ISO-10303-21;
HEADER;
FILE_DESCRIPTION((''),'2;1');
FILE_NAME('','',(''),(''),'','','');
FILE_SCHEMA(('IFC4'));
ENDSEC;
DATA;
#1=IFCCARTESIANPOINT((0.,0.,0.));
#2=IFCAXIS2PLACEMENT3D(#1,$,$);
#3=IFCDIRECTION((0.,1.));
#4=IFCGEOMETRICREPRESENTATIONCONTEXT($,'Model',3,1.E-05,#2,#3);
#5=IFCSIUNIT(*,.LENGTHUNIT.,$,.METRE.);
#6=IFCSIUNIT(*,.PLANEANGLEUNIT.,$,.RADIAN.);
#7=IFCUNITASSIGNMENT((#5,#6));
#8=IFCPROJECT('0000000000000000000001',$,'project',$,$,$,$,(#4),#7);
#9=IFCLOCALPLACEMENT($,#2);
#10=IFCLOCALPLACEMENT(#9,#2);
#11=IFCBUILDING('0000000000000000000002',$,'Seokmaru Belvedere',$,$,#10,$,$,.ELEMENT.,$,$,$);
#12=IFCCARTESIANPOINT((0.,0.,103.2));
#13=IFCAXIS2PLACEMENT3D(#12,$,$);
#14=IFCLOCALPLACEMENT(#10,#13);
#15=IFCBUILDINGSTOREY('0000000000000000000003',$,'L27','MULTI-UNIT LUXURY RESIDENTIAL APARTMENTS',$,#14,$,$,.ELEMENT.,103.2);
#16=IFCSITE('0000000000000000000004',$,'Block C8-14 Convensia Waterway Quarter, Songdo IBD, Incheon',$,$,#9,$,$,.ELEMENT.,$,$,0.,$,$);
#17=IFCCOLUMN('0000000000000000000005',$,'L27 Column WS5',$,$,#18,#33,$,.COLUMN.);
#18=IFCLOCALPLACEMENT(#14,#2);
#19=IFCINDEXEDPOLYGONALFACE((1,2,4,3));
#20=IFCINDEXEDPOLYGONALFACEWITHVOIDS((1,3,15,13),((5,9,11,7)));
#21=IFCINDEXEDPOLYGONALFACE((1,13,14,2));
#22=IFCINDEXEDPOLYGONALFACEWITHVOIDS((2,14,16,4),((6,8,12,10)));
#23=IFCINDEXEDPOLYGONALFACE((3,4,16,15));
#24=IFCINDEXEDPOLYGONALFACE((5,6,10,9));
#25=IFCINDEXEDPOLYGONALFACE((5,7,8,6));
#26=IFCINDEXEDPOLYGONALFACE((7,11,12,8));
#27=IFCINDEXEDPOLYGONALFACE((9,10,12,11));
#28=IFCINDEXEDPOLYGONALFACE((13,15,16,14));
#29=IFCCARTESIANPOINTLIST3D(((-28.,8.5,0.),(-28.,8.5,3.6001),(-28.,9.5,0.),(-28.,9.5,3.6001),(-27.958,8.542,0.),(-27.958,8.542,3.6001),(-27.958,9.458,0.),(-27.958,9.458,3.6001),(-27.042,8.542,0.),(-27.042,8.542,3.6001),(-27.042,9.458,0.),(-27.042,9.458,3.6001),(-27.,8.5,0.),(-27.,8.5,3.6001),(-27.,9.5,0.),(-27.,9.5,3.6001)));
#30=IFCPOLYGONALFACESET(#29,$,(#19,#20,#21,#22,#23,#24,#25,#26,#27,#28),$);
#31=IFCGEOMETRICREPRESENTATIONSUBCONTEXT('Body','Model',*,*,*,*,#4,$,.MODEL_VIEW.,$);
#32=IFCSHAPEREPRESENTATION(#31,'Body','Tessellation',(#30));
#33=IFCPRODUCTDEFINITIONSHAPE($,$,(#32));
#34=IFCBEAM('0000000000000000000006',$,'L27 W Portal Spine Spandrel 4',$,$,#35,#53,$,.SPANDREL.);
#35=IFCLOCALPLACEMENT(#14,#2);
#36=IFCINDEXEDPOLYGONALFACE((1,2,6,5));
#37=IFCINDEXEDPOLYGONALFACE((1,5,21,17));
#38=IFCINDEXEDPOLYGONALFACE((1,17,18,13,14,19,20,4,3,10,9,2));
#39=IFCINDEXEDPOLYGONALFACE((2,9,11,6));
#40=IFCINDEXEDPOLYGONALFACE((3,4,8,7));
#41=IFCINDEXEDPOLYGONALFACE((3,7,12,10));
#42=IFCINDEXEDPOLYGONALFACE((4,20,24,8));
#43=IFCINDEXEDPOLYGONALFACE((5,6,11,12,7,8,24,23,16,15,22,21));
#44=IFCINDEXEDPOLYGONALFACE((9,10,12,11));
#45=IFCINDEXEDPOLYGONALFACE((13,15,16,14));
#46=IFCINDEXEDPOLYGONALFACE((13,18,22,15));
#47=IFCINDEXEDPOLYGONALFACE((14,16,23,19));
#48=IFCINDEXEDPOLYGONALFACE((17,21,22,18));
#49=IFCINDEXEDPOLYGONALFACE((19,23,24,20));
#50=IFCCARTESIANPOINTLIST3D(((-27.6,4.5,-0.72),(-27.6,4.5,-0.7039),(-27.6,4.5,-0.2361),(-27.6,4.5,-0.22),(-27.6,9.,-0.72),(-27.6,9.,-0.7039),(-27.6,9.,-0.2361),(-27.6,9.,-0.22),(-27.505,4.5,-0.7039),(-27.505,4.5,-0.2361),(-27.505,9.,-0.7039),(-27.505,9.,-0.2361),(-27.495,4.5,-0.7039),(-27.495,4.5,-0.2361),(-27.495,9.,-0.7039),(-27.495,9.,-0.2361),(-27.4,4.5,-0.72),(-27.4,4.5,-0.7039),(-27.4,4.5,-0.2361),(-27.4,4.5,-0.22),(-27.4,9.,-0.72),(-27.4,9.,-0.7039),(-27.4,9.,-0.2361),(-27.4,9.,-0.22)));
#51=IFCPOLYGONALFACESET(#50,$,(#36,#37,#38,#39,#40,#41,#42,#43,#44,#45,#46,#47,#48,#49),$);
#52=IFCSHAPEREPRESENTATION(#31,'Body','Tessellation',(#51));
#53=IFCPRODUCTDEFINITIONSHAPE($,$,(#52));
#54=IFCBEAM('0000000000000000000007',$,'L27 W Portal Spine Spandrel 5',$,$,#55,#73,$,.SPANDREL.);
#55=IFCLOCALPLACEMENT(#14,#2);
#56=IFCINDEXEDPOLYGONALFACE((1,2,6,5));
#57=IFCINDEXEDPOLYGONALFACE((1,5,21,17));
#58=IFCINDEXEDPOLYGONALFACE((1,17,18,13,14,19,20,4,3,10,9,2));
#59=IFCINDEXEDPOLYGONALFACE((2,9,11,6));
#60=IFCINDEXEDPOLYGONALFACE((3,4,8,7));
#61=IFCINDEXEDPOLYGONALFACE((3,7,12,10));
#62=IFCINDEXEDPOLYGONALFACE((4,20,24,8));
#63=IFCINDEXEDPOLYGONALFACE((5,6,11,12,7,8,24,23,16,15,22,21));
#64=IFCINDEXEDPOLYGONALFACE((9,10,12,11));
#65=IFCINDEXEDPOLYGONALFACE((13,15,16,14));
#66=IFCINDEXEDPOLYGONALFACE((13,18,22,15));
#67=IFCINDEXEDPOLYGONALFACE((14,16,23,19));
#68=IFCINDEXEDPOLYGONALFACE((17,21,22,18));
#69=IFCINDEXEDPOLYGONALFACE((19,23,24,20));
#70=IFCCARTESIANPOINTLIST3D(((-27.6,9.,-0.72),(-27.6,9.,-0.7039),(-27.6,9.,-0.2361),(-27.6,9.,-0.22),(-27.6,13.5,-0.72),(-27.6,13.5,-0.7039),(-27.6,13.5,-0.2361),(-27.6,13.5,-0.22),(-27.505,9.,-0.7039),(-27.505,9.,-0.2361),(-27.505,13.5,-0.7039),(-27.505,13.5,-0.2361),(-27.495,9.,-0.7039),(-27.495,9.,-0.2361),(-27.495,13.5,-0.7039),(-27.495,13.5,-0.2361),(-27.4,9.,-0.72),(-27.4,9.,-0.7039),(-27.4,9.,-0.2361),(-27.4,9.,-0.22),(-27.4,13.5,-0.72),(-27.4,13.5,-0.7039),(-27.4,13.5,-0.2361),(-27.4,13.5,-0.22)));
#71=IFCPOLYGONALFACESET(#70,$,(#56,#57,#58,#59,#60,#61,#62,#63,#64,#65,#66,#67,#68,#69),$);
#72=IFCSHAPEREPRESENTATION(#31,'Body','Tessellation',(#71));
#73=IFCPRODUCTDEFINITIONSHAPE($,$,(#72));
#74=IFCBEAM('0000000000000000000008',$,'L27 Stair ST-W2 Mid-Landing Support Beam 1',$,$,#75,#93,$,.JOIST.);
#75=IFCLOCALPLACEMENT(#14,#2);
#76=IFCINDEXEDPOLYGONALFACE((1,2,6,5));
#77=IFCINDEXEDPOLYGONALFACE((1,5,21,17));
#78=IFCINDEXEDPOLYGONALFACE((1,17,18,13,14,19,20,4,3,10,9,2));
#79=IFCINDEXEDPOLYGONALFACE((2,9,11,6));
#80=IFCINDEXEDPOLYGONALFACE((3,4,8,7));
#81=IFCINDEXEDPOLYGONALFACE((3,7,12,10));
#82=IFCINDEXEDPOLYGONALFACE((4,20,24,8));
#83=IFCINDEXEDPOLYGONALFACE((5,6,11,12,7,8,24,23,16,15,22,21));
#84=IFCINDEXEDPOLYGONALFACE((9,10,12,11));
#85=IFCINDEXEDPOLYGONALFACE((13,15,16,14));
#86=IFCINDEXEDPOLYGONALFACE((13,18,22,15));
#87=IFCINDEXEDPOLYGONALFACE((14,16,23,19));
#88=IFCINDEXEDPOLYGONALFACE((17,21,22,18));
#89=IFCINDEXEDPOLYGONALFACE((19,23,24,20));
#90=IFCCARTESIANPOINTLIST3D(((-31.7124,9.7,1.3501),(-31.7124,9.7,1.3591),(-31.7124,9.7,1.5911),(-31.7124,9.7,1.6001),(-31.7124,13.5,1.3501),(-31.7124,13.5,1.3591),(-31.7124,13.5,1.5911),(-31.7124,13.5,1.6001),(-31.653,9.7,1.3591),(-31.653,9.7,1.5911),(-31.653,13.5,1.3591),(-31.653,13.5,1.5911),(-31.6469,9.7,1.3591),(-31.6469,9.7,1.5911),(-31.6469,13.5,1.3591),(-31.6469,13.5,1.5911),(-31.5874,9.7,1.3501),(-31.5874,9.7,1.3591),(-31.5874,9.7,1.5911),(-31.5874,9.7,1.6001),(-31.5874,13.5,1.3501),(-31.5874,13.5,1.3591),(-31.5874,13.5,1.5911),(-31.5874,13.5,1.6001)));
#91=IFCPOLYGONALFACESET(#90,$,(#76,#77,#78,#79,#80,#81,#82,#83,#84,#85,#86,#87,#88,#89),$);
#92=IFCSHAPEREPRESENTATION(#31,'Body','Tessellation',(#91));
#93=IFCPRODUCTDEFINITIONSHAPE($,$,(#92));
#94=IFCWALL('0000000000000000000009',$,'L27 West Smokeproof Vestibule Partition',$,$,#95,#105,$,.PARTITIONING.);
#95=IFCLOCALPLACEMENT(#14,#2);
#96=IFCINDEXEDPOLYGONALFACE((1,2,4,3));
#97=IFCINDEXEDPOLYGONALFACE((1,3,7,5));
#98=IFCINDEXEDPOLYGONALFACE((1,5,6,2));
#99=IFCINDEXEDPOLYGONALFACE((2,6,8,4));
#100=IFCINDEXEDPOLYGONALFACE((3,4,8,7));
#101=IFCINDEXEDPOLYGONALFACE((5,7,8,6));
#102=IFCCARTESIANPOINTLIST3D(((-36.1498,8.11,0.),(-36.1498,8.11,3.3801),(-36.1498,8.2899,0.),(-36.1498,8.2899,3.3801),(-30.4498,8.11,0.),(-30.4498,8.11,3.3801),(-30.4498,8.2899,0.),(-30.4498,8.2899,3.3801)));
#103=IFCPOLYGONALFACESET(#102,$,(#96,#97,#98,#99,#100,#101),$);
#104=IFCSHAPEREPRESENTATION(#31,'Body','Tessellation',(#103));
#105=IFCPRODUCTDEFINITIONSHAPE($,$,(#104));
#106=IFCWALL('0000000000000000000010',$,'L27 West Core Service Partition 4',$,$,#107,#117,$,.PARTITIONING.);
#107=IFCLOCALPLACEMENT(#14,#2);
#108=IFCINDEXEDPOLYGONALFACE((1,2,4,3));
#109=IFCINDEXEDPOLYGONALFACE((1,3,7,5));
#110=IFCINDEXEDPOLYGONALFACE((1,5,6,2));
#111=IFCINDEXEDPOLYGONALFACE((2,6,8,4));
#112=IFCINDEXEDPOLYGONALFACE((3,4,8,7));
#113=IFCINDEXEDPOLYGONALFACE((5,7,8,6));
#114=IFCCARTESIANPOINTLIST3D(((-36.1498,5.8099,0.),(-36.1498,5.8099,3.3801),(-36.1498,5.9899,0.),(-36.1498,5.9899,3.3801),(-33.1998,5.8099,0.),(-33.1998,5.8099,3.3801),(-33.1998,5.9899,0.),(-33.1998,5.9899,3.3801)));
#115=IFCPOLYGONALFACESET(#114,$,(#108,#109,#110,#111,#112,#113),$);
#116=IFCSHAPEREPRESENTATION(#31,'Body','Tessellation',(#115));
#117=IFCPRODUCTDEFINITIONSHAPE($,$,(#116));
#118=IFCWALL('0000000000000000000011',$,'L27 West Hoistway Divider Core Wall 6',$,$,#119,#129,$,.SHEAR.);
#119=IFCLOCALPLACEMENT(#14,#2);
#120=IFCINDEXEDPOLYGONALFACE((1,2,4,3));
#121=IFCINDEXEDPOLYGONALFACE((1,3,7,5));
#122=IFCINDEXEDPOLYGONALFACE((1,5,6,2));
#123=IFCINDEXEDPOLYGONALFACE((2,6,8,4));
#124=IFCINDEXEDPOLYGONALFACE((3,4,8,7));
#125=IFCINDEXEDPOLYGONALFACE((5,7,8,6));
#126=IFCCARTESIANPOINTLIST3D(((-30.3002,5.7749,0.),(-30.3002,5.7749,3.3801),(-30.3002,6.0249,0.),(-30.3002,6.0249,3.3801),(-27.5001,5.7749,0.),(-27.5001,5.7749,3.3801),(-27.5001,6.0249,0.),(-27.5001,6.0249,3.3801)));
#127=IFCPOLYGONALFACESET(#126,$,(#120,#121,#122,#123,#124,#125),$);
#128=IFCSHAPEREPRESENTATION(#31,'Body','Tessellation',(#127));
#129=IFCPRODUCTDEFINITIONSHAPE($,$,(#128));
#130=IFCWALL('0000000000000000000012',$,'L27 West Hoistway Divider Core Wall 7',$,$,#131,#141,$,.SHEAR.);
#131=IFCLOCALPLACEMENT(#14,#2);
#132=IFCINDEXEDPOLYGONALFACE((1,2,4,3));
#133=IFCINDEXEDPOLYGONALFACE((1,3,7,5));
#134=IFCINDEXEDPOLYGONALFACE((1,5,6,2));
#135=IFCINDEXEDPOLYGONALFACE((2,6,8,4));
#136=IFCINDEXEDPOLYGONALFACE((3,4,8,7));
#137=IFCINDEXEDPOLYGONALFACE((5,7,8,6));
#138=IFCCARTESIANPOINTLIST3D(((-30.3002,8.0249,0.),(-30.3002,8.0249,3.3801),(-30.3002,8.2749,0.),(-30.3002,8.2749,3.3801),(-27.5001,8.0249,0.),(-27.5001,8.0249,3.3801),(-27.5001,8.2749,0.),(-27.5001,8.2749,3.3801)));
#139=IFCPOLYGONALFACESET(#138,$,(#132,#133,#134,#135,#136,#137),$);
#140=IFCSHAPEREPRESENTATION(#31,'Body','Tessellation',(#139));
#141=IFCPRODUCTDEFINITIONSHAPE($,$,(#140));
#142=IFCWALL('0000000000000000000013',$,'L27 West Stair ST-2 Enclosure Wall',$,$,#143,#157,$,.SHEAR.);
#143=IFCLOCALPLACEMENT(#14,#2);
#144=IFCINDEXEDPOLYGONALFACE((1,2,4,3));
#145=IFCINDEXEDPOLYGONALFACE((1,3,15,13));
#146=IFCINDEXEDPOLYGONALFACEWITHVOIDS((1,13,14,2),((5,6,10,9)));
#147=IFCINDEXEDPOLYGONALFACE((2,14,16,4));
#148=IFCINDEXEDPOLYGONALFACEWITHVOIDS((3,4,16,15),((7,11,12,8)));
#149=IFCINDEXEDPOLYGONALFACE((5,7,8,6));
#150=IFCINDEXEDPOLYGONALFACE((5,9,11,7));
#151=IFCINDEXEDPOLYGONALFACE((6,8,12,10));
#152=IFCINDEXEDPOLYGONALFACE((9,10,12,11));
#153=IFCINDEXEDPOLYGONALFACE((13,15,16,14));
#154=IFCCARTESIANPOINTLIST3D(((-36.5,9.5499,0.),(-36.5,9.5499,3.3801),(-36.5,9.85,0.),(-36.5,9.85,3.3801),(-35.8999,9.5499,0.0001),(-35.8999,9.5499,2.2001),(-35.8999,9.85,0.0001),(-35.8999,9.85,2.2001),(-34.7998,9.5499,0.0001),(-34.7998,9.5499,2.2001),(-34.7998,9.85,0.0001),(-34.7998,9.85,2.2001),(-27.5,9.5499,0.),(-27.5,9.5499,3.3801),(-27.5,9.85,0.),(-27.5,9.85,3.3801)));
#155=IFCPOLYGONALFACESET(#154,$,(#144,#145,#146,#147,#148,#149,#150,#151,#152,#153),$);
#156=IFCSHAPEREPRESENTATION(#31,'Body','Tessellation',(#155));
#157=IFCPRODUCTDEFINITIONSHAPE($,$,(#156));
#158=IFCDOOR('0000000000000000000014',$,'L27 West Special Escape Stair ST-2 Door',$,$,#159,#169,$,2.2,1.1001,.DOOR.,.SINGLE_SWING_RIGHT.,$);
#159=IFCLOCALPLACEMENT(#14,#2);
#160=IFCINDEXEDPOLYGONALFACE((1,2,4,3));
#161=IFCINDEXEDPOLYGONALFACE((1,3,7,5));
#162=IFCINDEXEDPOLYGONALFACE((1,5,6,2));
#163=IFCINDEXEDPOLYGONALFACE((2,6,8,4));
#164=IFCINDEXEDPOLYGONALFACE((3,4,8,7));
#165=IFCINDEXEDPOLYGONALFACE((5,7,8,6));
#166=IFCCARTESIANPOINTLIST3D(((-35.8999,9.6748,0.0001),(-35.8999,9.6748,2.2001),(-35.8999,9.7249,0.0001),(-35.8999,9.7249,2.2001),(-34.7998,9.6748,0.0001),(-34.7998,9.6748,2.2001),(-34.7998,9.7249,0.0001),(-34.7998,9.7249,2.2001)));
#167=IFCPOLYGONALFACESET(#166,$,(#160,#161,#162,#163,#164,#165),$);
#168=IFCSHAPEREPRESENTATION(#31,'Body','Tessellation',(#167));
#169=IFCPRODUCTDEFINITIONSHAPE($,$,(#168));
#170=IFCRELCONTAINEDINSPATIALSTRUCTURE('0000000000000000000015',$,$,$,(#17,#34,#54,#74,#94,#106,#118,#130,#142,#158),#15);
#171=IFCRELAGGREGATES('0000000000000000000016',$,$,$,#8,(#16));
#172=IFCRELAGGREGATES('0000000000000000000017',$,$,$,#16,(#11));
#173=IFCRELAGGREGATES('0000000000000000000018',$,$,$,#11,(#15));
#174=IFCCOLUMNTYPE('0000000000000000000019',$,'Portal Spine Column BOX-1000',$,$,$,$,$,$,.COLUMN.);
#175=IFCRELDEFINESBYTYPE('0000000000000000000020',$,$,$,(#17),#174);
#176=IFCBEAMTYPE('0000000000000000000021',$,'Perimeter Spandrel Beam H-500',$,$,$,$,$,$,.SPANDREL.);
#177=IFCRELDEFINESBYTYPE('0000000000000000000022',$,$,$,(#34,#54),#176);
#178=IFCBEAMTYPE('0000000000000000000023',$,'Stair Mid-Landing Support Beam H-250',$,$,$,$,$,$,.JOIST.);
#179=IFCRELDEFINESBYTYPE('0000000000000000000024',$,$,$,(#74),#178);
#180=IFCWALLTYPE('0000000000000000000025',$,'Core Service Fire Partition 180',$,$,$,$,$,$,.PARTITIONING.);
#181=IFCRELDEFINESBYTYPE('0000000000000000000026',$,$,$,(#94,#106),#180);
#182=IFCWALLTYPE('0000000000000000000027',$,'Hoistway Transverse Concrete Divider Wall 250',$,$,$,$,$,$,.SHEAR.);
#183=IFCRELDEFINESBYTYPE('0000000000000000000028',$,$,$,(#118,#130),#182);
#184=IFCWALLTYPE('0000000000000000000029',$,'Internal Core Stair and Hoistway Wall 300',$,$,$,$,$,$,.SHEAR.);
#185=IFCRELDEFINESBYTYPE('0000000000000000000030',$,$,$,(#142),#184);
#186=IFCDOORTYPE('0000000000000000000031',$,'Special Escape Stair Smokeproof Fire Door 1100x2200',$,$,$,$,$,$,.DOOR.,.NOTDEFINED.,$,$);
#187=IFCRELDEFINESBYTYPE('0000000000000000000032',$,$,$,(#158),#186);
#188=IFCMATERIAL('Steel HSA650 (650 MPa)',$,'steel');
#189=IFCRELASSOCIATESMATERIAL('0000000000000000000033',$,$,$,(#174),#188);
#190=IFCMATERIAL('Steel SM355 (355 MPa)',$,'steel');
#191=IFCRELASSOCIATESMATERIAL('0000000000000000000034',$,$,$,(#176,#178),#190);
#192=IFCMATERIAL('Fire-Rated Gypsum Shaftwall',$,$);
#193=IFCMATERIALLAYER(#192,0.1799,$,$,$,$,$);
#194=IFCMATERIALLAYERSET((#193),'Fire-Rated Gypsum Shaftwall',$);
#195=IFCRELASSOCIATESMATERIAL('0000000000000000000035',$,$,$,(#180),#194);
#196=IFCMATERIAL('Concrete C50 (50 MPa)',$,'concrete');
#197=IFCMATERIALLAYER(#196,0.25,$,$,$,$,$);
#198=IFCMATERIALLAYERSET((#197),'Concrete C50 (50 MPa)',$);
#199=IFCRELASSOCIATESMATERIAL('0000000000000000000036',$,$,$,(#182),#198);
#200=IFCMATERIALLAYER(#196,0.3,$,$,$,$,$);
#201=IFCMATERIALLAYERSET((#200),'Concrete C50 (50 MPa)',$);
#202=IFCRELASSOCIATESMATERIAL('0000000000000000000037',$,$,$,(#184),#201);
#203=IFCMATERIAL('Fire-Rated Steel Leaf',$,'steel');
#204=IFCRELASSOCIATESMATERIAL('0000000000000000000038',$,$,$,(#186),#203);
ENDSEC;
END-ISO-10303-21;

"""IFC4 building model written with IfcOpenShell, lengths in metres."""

from ifc_helpers import new_model, si_unit, direction, frame, frame_2d, origin, origin_2d, place, context, subcontext, project, spatial, rectangle, hollow_rectangle, i_section, extrude, source, transform, mapped, material, layer, layer_set, material_profile, profile_set, type_object, type_shapes, element, fill, save


model = new_model("IFC4")

# Units and contexts
model_context = context("Model", 3, precision=1e-05, world=origin(), true_north=direction((0.0, 1.0)))
body_context = subcontext(model_context, "Body", "Model", "MODEL_VIEW")
ifc_project = project(units=[si_unit("LENGTHUNIT", "METRE"), si_unit("PLANEANGLEUNIT", "RADIAN")], contexts=[model_context])

# Site, building, storey
site_placement = place(None, origin())
site = spatial("IfcSite", under=ifc_project, at=site_placement, Name="Block C8-14 Convensia Waterway Quarter, Songdo IBD, Incheon", CompositionType="ELEMENT", RefElevation=0.0)
building_placement = place(site_placement, origin())
building = spatial("IfcBuilding", under=site, at=building_placement, Name="Seokmaru Belvedere", CompositionType="ELEMENT")
storey_placement = place(building_placement, frame((0.0, 0.0, 103.2)))
storey = spatial("IfcBuildingStorey", under=building, at=storey_placement, Name="L27", Description="MULTI-UNIT LUXURY RESIDENTIAL APARTMENTS", CompositionType="ELEMENT", Elevation=103.2)

# Column
ifc_material_1 = material(Name="Steel HSA650 (650 MPa)", Category="steel")
ifc_material_profile_1 = material_profile(ifc_material_1, hollow_rectangle(XDim=1.0, YDim=1.0, WallThickness=0.042, at=origin_2d()), Name="BOX-1000x1000x42")
ifc_profile_set_1 = profile_set([ifc_material_profile_1], Name="Steel HSA650 (650 MPa)")
column_type = type_object("IfcColumnType", Name="Portal Spine Column BOX-1000", PredefinedType="COLUMN", material=ifc_profile_set_1)
shared_shape_1 = source(origin(), body_context, "Body", "SweptSolid", [
    extrude(hollow_rectangle(XDim=1.0, YDim=1.0, WallThickness=0.042, at=origin_2d()), origin(), (0.0, 0.0, 1.0), 3.6001),
])
type_shapes(column_type, [shared_shape_1])
column_placement = place(storey_placement, frame((-27.5, 9.0, 0.0), z_axis=(0.0, 0.0, 1.0), x_axis=(1.0, 0.0, 0.0)))
element("IfcColumn", 1, at=column_placement, inside=storey, type_object=column_type, Name="L27 Column WS5", PredefinedType="COLUMN", context=body_context, shape_type="MappedRepresentation", body=[
    mapped(shared_shape_1, transform((0.0, 0.0, 0.0), scale=1.0)),
])

# Beams
ifc_material_2 = material(Name="Steel SM355 (355 MPa)", Category="steel")
ifc_material_profile_2 = material_profile(ifc_material_2, i_section(OverallWidth=0.2, OverallDepth=0.5, WebThickness=0.01, FlangeThickness=0.0161, at=origin_2d()), Name="H-500x200x10x16")
ifc_profile_set_2 = profile_set([ifc_material_profile_2], Name="Steel SM355 (355 MPa)")
beam_type_1 = type_object("IfcBeamType", Name="Perimeter Spandrel Beam H-500", PredefinedType="SPANDREL", material=ifc_profile_set_2)
shared_shape_2 = source(origin(), body_context, "Body", "SweptSolid", [
    extrude(i_section(OverallWidth=0.2, OverallDepth=0.5, WebThickness=0.01, FlangeThickness=0.0161, at=origin_2d()), origin(), (0.0, 0.0, 1.0), 4.5),
])
type_shapes(beam_type_1, [shared_shape_2])
for number, where, z_axis, x_axis, name in (
    (2, (-27.5, 4.5, -0.47), (0.0, 1.0, 0.0), (-1.0, 0.0, 0.0), "L27 W Portal Spine Spandrel 4"),
    (3, (-27.5, 9.0, -0.47), (0.0, 1.0, 0.0), (-1.0, 0.0, 0.0), "L27 W Portal Spine Spandrel 5"),
):
    element("IfcBeam", number, at=place(storey_placement, frame(where, z_axis=z_axis, x_axis=x_axis)), inside=storey, type_object=beam_type_1, Name=name, PredefinedType="SPANDREL", context=body_context, shape_type="MappedRepresentation", body=[
        mapped(shared_shape_2, transform((0.0, 0.0, 0.0), scale=1.0)),
    ])
ifc_material_profile_3 = material_profile(ifc_material_2, i_section(OverallWidth=0.125, OverallDepth=0.25, WebThickness=0.0061, FlangeThickness=0.009, at=origin_2d()), Name="H-250x125x6x9")
ifc_profile_set_3 = profile_set([ifc_material_profile_3], Name="Steel SM355 (355 MPa)")
beam_type_2 = type_object("IfcBeamType", Name="Stair Mid-Landing Support Beam H-250", PredefinedType="JOIST", material=ifc_profile_set_3)
shared_shape_3 = source(origin(), body_context, "Body", "SweptSolid", [
    extrude(i_section(OverallWidth=0.125, OverallDepth=0.25, WebThickness=0.0061, FlangeThickness=0.009, at=origin_2d()), origin(), (0.0, 0.0, 1.0), 3.8),
])
type_shapes(beam_type_2, [shared_shape_3])
beam_placement = place(storey_placement, frame((-31.6499, 9.7, 1.4751), z_axis=(0.0, 1.0, 0.0), x_axis=(-1.0, 0.0, 0.0)))
element("IfcBeam", 4, at=beam_placement, inside=storey, type_object=beam_type_2, Name="L27 Stair ST-W2 Mid-Landing Support Beam 1", PredefinedType="JOIST", context=body_context, shape_type="MappedRepresentation", body=[
    mapped(shared_shape_3, transform((0.0, 0.0, 0.0), scale=1.0)),
])

# Walls
ifc_material_3 = material(Name="Fire-Rated Gypsum Shaftwall")
ifc_layer_1 = layer(ifc_material_3, 0.1799)
ifc_layer_set_1 = layer_set([ifc_layer_1], Name="Fire-Rated Gypsum Shaftwall")
wall_type_1 = type_object("IfcWallType", Name="Core Service Fire Partition 180", PredefinedType="PARTITIONING", material=ifc_layer_set_1)
wall_1_placement = place(storey_placement, frame((-36.1499, 8.2, 0.0), z_axis=(0.0, 0.0, 1.0), x_axis=(1.0, 0.0, 0.0)))
element("IfcWall", 5, at=wall_1_placement, inside=storey, type_object=wall_type_1, Name="L27 West Smokeproof Vestibule Partition", PredefinedType="PARTITIONING", context=body_context, shape_type="SweptSolid", body=[
    extrude(rectangle(XDim=5.7, YDim=0.1799, at=frame_2d((2.8501, 0.0))), origin(), (0.0, 0.0, 1.0), 3.3801),
])
wall_2_placement = place(storey_placement, frame((-36.1499, 5.8999, 0.0), z_axis=(0.0, 0.0, 1.0), x_axis=(1.0, 0.0, 0.0)))
element("IfcWall", 6, at=wall_2_placement, inside=storey, type_object=wall_type_1, Name="L27 West Core Service Partition 4", PredefinedType="PARTITIONING", context=body_context, shape_type="SweptSolid", body=[
    extrude(rectangle(XDim=2.95, YDim=0.1799, at=frame_2d((1.4751, 0.0))), origin(), (0.0, 0.0, 1.0), 3.3801),
])
ifc_material_4 = material(Name="Concrete C50 (50 MPa)", Category="concrete")
ifc_layer_2 = layer(ifc_material_4, 0.25)
ifc_layer_set_2 = layer_set([ifc_layer_2], Name="Concrete C50 (50 MPa)")
wall_type_2 = type_object("IfcWallType", Name="Hoistway Transverse Concrete Divider Wall 250", PredefinedType="SHEAR", material=ifc_layer_set_2)
for number, where, z_axis, x_axis, name in (
    (7, (-30.3, 5.8999, 0.0), (0.0, 0.0, 1.0), (1.0, 0.0, 0.0), "L27 West Hoistway Divider Core Wall 6"),
    (8, (-30.3, 8.1499, 0.0), (0.0, 0.0, 1.0), (1.0, 0.0, 0.0), "L27 West Hoistway Divider Core Wall 7"),
):
    element("IfcWall", number, at=place(storey_placement, frame(where, z_axis=z_axis, x_axis=x_axis)), inside=storey, type_object=wall_type_2, Name=name, PredefinedType="SHEAR", context=body_context, shape_type="SweptSolid", body=[
        extrude(rectangle(XDim=2.8, YDim=0.25, at=frame_2d((1.3999, 0.0))), origin(), (0.0, 0.0, 1.0), 3.3801),
    ])

# Wall, opening, door
ifc_layer_3 = layer(ifc_material_4, 0.3)
ifc_layer_set_3 = layer_set([ifc_layer_3], Name="Concrete C50 (50 MPa)")
wall_type_3 = type_object("IfcWallType", Name="Internal Core Stair and Hoistway Wall 300", PredefinedType="SHEAR", material=ifc_layer_set_3)
wall_3_placement = place(storey_placement, frame((-36.5, 9.7, 0.0), z_axis=(0.0, 0.0, 1.0), x_axis=(1.0, 0.0, 0.0)))
wall_3 = element("IfcWall", 9, at=wall_3_placement, inside=storey, type_object=wall_type_3, Name="L27 West Stair ST-2 Enclosure Wall", PredefinedType="SHEAR", context=body_context, shape_type="SweptSolid", body=[
    extrude(rectangle(XDim=9.0, YDim=0.3, at=frame_2d((4.5, 0.0))), origin(), (0.0, 0.0, 1.0), 3.3801),
])
opening_1_placement = place(wall_3_placement, frame((0.6001, 0.0, 0.0)))
opening_1 = element("IfcOpeningElement", 10, at=opening_1_placement, cuts=wall_3, PredefinedType="OPENING", context=body_context, shape_type="SweptSolid", body=[
    extrude(rectangle(XDim=1.1001, YDim=2.2, at=frame_2d((0.55, 1.1001))), frame((0.0, 0.1602, 0.0), z_axis=(0.0, -1.0, 0.0), x_axis=(1.0, 0.0, 0.0)), (0.0, 0.0, 1.0), 0.3201),
])
ifc_material_5 = material(Name="Fire-Rated Steel Leaf", Category="steel")
door_type_1 = type_object("IfcDoorType", Name="Special Escape Stair Smokeproof Fire Door 1100x2200", OperationType="NOTDEFINED", PredefinedType="DOOR", material=ifc_material_5)
shared_shape_4 = source(origin(), body_context, "Body", "SweptSolid", [
    extrude(rectangle(XDim=1.1001, YDim=2.2, at=frame_2d((0.55, 1.1001))), frame((0.0, 0.0249, 0.0), z_axis=(0.0, -1.0, 0.0), x_axis=(1.0, 0.0, 0.0)), (0.0, 0.0, 1.0), 0.05),
])
type_shapes(door_type_1, [shared_shape_4])
door_1_placement = place(opening_1_placement, origin())
door_1 = element("IfcDoor", 11, at=door_1_placement, inside=storey, type_object=door_type_1, Name="L27 West Special Escape Stair ST-2 Door", OperationType="SINGLE_SWING_RIGHT", OverallHeight=2.2, OverallWidth=1.1001, PredefinedType="DOOR", context=body_context, shape_type="MappedRepresentation", body=[
    mapped(shared_shape_4, transform((0.0, 0.0, 0.0), scale=1.0)),
])
fill(opening_1, door_1)

save(model, "model.ifc")
